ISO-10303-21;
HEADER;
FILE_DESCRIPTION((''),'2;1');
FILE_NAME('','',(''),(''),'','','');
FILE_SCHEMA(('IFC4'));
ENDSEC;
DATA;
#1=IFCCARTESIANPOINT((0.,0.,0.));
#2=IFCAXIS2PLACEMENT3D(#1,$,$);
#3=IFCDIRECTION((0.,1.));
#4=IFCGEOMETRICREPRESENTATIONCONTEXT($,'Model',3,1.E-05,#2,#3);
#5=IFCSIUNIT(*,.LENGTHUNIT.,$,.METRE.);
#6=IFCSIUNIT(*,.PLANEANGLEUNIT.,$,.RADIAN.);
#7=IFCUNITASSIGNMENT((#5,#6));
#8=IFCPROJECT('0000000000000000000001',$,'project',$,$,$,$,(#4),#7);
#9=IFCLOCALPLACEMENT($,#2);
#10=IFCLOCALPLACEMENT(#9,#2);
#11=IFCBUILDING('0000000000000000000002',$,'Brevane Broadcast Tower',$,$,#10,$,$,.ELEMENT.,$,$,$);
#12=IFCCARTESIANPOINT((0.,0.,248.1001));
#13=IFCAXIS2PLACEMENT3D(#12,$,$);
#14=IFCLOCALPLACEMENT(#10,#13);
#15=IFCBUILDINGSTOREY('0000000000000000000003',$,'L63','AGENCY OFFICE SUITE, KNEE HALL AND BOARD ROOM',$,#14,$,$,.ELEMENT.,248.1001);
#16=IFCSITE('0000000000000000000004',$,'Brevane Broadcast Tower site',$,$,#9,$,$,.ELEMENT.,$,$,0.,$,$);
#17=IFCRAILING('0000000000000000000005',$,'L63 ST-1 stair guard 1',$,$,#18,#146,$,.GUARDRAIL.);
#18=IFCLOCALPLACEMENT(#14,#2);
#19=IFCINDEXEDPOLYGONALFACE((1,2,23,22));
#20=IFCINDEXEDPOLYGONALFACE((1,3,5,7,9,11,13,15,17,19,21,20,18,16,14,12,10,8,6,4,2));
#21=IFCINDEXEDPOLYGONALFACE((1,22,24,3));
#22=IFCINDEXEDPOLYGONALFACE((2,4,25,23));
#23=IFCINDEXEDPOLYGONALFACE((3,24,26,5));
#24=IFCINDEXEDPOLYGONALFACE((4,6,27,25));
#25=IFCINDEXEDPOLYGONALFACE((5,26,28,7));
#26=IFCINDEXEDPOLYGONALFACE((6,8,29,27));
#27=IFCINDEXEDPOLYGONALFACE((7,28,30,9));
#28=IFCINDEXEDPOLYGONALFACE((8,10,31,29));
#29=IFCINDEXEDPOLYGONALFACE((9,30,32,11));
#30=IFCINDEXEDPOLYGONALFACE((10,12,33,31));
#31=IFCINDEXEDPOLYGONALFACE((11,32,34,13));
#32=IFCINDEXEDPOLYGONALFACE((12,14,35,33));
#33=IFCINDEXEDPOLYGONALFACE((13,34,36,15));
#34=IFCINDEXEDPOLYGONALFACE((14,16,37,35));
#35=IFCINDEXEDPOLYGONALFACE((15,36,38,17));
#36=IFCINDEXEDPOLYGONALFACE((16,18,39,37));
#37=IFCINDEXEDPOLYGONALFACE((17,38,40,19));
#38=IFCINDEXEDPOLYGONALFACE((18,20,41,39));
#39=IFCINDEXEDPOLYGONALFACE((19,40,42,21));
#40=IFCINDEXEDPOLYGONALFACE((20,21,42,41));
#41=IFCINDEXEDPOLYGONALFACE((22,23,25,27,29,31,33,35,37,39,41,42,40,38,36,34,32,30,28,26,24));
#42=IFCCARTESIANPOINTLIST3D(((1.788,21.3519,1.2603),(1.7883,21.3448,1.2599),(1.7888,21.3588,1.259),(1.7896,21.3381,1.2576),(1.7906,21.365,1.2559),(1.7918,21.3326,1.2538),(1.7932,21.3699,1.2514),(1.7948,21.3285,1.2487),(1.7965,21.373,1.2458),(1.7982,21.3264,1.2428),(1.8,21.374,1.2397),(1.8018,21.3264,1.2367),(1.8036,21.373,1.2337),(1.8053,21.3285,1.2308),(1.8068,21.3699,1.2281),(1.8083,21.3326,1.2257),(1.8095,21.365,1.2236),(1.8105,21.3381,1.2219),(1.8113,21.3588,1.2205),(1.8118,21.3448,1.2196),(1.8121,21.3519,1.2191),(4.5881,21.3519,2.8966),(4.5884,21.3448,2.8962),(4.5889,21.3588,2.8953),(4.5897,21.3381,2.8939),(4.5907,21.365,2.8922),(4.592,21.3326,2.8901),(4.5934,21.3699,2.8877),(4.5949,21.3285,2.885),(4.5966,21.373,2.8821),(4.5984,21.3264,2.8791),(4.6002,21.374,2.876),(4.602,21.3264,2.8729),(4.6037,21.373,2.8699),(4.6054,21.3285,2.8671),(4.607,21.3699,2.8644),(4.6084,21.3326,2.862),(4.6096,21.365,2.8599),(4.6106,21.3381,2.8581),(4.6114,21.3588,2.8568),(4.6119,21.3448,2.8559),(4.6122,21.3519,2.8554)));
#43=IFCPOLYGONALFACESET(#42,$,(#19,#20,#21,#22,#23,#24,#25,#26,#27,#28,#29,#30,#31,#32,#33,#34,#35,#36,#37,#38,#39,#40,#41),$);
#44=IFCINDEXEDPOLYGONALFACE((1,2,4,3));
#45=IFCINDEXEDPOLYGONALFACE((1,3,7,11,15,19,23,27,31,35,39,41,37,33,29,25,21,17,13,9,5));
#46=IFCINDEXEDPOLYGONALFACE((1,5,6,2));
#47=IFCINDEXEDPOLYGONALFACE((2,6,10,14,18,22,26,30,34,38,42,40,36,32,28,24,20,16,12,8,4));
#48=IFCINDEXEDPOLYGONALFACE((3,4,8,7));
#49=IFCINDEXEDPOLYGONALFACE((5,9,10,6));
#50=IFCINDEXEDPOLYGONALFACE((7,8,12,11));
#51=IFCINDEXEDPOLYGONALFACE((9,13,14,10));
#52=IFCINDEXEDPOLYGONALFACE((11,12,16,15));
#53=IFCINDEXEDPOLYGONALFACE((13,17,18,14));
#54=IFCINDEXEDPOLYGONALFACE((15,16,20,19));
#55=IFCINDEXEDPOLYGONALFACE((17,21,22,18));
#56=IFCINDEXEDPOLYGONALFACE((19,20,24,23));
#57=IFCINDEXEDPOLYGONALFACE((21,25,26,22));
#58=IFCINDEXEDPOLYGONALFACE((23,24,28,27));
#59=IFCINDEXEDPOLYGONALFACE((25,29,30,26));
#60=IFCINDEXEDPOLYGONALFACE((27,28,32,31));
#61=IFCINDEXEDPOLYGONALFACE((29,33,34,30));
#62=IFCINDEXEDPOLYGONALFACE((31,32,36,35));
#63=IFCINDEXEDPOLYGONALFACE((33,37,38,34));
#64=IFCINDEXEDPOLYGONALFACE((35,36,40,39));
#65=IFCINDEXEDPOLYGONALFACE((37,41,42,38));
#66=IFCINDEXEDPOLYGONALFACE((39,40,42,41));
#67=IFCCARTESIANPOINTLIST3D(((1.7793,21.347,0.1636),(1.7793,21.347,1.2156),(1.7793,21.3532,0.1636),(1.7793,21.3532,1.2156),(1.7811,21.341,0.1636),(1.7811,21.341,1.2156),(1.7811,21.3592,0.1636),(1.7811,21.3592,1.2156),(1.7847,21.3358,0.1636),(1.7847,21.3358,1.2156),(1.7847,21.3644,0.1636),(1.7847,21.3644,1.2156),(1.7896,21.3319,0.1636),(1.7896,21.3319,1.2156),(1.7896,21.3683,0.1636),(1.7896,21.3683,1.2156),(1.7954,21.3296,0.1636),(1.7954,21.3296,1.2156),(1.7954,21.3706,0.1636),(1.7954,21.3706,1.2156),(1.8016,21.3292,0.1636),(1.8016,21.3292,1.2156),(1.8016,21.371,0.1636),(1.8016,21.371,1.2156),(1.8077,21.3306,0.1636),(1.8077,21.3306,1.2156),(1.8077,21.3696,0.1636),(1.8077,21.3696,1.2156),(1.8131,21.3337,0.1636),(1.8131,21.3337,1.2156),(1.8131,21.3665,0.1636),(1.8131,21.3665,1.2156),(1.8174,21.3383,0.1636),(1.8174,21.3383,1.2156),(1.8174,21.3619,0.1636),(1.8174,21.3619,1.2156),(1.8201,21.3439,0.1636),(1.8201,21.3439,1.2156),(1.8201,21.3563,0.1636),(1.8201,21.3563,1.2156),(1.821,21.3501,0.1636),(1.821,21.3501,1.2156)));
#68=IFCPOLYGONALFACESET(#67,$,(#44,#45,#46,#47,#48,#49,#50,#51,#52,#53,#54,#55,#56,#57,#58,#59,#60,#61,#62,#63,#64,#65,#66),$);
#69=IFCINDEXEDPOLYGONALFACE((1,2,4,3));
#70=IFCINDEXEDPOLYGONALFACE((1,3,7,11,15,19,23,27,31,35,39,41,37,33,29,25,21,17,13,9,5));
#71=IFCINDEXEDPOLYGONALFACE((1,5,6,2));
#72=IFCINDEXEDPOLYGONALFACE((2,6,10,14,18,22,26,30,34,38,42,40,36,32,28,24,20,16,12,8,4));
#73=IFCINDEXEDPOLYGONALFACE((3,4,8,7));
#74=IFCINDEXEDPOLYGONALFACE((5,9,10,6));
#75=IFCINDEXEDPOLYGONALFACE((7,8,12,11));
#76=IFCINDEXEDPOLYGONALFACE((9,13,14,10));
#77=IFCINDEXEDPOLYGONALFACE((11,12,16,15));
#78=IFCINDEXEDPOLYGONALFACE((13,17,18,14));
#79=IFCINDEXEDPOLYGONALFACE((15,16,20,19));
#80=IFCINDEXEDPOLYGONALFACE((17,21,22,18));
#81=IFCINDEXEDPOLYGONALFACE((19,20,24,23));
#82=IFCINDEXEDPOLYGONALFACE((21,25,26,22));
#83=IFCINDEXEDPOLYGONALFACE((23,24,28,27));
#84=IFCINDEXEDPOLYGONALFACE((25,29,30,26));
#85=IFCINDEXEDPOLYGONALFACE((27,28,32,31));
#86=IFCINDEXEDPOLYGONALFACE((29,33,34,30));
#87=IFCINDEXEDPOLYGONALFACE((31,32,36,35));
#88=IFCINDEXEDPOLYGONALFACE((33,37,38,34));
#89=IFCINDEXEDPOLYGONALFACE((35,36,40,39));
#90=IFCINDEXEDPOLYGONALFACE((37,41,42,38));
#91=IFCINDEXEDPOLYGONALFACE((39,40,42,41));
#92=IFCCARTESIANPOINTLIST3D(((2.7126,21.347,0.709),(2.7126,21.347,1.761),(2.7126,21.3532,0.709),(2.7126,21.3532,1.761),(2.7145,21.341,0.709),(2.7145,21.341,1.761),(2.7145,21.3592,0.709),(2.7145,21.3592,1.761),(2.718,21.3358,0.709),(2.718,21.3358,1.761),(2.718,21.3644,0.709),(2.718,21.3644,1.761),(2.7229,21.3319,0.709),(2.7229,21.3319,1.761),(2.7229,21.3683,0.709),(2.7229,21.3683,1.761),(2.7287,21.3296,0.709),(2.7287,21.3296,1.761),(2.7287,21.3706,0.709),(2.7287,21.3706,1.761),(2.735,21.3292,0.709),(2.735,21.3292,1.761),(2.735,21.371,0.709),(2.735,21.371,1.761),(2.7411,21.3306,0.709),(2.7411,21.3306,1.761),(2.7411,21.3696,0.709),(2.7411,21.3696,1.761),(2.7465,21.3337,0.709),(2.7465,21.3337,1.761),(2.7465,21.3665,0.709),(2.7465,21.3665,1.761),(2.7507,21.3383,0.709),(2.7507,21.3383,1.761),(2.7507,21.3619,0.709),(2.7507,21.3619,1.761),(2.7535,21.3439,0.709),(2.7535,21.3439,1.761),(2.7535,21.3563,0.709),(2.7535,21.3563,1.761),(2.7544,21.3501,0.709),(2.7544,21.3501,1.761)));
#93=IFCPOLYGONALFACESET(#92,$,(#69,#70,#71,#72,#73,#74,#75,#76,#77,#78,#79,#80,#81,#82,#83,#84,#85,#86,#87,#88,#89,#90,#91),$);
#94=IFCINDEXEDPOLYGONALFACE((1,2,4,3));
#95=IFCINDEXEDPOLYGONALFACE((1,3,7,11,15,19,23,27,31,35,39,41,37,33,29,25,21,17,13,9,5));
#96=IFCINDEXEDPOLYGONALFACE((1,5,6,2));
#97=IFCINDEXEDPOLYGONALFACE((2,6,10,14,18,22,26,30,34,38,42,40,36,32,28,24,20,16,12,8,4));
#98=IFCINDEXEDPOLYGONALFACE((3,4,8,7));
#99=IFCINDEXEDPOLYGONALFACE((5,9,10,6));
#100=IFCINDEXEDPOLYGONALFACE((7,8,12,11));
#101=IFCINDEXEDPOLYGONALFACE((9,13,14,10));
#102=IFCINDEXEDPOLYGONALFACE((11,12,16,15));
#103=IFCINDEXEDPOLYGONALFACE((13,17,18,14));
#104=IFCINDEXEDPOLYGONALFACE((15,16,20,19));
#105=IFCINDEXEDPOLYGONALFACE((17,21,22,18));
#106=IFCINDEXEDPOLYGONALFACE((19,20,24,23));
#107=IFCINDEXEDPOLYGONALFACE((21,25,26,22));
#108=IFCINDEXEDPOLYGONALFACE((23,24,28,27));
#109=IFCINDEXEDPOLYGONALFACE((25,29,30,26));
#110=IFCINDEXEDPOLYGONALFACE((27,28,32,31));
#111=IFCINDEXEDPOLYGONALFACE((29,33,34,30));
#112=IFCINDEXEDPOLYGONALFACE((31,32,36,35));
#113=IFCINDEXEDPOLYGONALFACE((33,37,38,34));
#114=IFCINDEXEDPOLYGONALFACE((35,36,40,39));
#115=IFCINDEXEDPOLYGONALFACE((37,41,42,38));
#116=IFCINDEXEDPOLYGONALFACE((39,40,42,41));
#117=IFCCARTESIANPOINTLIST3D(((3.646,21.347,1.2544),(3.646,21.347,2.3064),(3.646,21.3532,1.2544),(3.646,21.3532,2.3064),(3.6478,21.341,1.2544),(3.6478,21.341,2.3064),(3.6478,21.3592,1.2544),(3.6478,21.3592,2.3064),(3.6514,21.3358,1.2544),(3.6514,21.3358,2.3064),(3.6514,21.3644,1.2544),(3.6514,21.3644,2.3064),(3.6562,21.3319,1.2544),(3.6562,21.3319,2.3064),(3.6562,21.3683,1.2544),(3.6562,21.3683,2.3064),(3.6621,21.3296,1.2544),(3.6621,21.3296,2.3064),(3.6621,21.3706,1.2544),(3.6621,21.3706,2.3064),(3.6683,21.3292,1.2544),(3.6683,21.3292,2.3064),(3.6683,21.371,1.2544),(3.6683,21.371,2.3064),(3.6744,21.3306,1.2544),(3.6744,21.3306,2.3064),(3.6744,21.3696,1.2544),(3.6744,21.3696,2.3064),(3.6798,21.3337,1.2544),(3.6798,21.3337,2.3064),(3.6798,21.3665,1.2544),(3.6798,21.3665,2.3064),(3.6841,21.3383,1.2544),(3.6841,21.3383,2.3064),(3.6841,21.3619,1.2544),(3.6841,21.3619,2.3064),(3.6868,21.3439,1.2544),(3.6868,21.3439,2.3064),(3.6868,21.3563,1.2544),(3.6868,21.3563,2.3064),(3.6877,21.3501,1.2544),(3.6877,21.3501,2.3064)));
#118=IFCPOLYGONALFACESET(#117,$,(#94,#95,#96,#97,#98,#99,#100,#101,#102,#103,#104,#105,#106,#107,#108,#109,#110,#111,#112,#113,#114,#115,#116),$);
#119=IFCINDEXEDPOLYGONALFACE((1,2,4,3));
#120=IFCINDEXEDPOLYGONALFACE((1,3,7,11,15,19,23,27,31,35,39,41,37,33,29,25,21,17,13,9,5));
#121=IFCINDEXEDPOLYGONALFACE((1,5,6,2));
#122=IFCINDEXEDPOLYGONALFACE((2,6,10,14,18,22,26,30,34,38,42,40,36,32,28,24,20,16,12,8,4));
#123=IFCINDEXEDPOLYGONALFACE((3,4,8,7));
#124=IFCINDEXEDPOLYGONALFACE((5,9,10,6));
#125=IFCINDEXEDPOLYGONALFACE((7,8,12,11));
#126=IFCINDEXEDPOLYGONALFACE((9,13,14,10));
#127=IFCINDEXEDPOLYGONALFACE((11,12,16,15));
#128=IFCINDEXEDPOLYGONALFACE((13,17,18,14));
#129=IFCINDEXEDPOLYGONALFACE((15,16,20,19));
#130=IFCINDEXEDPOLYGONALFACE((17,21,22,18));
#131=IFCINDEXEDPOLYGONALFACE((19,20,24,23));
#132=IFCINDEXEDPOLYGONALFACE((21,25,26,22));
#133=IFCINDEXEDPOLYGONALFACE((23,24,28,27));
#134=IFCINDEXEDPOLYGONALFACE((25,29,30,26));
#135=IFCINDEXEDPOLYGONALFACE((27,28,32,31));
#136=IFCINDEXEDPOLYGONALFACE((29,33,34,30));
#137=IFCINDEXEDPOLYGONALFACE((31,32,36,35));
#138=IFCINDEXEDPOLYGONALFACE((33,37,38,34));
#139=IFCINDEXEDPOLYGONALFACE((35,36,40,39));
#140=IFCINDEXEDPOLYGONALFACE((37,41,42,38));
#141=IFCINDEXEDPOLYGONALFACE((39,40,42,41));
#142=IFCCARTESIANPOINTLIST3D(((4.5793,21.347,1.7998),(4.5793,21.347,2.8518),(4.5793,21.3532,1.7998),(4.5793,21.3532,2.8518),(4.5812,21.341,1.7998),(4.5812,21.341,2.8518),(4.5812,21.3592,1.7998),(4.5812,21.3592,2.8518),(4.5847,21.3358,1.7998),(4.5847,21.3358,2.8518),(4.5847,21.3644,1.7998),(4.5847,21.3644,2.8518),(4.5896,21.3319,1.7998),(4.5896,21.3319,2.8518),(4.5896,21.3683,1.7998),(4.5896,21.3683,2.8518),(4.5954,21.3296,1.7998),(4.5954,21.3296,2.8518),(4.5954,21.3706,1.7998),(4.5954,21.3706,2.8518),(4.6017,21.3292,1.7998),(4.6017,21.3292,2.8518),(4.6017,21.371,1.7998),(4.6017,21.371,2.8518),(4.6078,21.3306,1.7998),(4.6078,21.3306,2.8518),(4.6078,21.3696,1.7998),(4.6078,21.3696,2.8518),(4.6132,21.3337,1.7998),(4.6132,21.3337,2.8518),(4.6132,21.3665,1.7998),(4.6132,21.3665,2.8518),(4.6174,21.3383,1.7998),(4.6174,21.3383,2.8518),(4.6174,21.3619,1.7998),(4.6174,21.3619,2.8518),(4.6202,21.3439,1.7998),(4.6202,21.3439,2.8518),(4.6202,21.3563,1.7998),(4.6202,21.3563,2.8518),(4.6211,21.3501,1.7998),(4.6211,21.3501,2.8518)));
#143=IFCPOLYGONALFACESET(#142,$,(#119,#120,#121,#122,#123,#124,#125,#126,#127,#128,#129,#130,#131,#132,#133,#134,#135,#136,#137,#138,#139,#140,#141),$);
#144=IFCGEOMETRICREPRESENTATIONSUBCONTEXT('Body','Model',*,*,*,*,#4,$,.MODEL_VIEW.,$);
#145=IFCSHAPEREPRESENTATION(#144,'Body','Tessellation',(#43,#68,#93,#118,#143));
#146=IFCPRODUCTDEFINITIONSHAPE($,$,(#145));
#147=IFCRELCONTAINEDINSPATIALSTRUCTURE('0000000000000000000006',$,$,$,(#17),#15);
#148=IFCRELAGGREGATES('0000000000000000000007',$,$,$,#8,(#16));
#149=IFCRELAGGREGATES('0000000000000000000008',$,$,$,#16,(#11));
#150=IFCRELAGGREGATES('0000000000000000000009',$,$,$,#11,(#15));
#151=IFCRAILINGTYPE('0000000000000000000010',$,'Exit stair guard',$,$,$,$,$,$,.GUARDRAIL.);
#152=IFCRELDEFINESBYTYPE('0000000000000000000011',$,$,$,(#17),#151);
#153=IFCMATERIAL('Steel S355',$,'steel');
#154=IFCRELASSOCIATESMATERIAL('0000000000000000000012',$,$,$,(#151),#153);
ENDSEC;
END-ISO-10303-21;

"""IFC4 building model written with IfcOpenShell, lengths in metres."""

from ifc_helpers import new_model, si_unit, direction, frame, origin, origin_2d, place, context, subcontext, project, spatial, circle, extrude, material, type_object, element, save


model = new_model("IFC4")

# Units and contexts
model_context = context("Model", 3, precision=1e-05, world=origin(), true_north=direction((0.0, 1.0)))
body_context = subcontext(model_context, "Body", "Model", "MODEL_VIEW")
ifc_project = project(units=[si_unit("LENGTHUNIT", "METRE"), si_unit("PLANEANGLEUNIT", "RADIAN")], contexts=[model_context])

# Site, building, storey
site_placement = place(None, origin())
site = spatial("IfcSite", under=ifc_project, at=site_placement, Name="Brevane Broadcast Tower site", CompositionType="ELEMENT", RefElevation=0.0)
building_placement = place(site_placement, origin())
building = spatial("IfcBuilding", under=site, at=building_placement, Name="Brevane Broadcast Tower", CompositionType="ELEMENT")
storey_placement = place(building_placement, frame((0.0, 0.0, 248.1001)))
storey = spatial("IfcBuildingStorey", under=building, at=storey_placement, Name="L63", Description="AGENCY OFFICE SUITE, KNEE HALL AND BOARD ROOM", CompositionType="ELEMENT", Elevation=248.1001)

# Railing
ifc_material_1 = material(Name="Steel S355", Category="steel")
railing_type_1 = type_object("IfcRailingType", Name="Exit stair guard", PredefinedType="GUARDRAIL", material=ifc_material_1)
railing_1_placement = place(storey_placement, frame((1.8, 21.3501, 0.1636)))
element("IfcRailing", 1, at=railing_1_placement, inside=storey, type_object=railing_type_1, Name="L63 ST-1 stair guard 1", PredefinedType="GUARDRAIL", context=body_context, shape_type="SweptSolid", body=[
    extrude(circle(Radius=0.0239, at=origin_2d()), frame((0.0, 0.0, 1.0762), z_axis=(0.863394, 0.0, 0.504531), x_axis=(0.0, 1.0, 0.0)), (0.0, 0.0, 1.0), 3.2432),
    extrude(circle(Radius=0.021, at=origin_2d()), origin(), (0.0, 0.0, 1.0), 1.052),
    extrude(circle(Radius=0.021, at=origin_2d()), frame((0.9333, 0.0, 0.5454)), (0.0, 0.0, 1.0), 1.052),
    extrude(circle(Radius=0.021, at=origin_2d()), frame((1.8667, 0.0, 1.0908)), (0.0, 0.0, 1.0), 1.052),
    extrude(circle(Radius=0.021, at=origin_2d()), frame((2.8, 0.0, 1.6362)), (0.0, 0.0, 1.0), 1.052),
])

save(model, "model.ifc")
